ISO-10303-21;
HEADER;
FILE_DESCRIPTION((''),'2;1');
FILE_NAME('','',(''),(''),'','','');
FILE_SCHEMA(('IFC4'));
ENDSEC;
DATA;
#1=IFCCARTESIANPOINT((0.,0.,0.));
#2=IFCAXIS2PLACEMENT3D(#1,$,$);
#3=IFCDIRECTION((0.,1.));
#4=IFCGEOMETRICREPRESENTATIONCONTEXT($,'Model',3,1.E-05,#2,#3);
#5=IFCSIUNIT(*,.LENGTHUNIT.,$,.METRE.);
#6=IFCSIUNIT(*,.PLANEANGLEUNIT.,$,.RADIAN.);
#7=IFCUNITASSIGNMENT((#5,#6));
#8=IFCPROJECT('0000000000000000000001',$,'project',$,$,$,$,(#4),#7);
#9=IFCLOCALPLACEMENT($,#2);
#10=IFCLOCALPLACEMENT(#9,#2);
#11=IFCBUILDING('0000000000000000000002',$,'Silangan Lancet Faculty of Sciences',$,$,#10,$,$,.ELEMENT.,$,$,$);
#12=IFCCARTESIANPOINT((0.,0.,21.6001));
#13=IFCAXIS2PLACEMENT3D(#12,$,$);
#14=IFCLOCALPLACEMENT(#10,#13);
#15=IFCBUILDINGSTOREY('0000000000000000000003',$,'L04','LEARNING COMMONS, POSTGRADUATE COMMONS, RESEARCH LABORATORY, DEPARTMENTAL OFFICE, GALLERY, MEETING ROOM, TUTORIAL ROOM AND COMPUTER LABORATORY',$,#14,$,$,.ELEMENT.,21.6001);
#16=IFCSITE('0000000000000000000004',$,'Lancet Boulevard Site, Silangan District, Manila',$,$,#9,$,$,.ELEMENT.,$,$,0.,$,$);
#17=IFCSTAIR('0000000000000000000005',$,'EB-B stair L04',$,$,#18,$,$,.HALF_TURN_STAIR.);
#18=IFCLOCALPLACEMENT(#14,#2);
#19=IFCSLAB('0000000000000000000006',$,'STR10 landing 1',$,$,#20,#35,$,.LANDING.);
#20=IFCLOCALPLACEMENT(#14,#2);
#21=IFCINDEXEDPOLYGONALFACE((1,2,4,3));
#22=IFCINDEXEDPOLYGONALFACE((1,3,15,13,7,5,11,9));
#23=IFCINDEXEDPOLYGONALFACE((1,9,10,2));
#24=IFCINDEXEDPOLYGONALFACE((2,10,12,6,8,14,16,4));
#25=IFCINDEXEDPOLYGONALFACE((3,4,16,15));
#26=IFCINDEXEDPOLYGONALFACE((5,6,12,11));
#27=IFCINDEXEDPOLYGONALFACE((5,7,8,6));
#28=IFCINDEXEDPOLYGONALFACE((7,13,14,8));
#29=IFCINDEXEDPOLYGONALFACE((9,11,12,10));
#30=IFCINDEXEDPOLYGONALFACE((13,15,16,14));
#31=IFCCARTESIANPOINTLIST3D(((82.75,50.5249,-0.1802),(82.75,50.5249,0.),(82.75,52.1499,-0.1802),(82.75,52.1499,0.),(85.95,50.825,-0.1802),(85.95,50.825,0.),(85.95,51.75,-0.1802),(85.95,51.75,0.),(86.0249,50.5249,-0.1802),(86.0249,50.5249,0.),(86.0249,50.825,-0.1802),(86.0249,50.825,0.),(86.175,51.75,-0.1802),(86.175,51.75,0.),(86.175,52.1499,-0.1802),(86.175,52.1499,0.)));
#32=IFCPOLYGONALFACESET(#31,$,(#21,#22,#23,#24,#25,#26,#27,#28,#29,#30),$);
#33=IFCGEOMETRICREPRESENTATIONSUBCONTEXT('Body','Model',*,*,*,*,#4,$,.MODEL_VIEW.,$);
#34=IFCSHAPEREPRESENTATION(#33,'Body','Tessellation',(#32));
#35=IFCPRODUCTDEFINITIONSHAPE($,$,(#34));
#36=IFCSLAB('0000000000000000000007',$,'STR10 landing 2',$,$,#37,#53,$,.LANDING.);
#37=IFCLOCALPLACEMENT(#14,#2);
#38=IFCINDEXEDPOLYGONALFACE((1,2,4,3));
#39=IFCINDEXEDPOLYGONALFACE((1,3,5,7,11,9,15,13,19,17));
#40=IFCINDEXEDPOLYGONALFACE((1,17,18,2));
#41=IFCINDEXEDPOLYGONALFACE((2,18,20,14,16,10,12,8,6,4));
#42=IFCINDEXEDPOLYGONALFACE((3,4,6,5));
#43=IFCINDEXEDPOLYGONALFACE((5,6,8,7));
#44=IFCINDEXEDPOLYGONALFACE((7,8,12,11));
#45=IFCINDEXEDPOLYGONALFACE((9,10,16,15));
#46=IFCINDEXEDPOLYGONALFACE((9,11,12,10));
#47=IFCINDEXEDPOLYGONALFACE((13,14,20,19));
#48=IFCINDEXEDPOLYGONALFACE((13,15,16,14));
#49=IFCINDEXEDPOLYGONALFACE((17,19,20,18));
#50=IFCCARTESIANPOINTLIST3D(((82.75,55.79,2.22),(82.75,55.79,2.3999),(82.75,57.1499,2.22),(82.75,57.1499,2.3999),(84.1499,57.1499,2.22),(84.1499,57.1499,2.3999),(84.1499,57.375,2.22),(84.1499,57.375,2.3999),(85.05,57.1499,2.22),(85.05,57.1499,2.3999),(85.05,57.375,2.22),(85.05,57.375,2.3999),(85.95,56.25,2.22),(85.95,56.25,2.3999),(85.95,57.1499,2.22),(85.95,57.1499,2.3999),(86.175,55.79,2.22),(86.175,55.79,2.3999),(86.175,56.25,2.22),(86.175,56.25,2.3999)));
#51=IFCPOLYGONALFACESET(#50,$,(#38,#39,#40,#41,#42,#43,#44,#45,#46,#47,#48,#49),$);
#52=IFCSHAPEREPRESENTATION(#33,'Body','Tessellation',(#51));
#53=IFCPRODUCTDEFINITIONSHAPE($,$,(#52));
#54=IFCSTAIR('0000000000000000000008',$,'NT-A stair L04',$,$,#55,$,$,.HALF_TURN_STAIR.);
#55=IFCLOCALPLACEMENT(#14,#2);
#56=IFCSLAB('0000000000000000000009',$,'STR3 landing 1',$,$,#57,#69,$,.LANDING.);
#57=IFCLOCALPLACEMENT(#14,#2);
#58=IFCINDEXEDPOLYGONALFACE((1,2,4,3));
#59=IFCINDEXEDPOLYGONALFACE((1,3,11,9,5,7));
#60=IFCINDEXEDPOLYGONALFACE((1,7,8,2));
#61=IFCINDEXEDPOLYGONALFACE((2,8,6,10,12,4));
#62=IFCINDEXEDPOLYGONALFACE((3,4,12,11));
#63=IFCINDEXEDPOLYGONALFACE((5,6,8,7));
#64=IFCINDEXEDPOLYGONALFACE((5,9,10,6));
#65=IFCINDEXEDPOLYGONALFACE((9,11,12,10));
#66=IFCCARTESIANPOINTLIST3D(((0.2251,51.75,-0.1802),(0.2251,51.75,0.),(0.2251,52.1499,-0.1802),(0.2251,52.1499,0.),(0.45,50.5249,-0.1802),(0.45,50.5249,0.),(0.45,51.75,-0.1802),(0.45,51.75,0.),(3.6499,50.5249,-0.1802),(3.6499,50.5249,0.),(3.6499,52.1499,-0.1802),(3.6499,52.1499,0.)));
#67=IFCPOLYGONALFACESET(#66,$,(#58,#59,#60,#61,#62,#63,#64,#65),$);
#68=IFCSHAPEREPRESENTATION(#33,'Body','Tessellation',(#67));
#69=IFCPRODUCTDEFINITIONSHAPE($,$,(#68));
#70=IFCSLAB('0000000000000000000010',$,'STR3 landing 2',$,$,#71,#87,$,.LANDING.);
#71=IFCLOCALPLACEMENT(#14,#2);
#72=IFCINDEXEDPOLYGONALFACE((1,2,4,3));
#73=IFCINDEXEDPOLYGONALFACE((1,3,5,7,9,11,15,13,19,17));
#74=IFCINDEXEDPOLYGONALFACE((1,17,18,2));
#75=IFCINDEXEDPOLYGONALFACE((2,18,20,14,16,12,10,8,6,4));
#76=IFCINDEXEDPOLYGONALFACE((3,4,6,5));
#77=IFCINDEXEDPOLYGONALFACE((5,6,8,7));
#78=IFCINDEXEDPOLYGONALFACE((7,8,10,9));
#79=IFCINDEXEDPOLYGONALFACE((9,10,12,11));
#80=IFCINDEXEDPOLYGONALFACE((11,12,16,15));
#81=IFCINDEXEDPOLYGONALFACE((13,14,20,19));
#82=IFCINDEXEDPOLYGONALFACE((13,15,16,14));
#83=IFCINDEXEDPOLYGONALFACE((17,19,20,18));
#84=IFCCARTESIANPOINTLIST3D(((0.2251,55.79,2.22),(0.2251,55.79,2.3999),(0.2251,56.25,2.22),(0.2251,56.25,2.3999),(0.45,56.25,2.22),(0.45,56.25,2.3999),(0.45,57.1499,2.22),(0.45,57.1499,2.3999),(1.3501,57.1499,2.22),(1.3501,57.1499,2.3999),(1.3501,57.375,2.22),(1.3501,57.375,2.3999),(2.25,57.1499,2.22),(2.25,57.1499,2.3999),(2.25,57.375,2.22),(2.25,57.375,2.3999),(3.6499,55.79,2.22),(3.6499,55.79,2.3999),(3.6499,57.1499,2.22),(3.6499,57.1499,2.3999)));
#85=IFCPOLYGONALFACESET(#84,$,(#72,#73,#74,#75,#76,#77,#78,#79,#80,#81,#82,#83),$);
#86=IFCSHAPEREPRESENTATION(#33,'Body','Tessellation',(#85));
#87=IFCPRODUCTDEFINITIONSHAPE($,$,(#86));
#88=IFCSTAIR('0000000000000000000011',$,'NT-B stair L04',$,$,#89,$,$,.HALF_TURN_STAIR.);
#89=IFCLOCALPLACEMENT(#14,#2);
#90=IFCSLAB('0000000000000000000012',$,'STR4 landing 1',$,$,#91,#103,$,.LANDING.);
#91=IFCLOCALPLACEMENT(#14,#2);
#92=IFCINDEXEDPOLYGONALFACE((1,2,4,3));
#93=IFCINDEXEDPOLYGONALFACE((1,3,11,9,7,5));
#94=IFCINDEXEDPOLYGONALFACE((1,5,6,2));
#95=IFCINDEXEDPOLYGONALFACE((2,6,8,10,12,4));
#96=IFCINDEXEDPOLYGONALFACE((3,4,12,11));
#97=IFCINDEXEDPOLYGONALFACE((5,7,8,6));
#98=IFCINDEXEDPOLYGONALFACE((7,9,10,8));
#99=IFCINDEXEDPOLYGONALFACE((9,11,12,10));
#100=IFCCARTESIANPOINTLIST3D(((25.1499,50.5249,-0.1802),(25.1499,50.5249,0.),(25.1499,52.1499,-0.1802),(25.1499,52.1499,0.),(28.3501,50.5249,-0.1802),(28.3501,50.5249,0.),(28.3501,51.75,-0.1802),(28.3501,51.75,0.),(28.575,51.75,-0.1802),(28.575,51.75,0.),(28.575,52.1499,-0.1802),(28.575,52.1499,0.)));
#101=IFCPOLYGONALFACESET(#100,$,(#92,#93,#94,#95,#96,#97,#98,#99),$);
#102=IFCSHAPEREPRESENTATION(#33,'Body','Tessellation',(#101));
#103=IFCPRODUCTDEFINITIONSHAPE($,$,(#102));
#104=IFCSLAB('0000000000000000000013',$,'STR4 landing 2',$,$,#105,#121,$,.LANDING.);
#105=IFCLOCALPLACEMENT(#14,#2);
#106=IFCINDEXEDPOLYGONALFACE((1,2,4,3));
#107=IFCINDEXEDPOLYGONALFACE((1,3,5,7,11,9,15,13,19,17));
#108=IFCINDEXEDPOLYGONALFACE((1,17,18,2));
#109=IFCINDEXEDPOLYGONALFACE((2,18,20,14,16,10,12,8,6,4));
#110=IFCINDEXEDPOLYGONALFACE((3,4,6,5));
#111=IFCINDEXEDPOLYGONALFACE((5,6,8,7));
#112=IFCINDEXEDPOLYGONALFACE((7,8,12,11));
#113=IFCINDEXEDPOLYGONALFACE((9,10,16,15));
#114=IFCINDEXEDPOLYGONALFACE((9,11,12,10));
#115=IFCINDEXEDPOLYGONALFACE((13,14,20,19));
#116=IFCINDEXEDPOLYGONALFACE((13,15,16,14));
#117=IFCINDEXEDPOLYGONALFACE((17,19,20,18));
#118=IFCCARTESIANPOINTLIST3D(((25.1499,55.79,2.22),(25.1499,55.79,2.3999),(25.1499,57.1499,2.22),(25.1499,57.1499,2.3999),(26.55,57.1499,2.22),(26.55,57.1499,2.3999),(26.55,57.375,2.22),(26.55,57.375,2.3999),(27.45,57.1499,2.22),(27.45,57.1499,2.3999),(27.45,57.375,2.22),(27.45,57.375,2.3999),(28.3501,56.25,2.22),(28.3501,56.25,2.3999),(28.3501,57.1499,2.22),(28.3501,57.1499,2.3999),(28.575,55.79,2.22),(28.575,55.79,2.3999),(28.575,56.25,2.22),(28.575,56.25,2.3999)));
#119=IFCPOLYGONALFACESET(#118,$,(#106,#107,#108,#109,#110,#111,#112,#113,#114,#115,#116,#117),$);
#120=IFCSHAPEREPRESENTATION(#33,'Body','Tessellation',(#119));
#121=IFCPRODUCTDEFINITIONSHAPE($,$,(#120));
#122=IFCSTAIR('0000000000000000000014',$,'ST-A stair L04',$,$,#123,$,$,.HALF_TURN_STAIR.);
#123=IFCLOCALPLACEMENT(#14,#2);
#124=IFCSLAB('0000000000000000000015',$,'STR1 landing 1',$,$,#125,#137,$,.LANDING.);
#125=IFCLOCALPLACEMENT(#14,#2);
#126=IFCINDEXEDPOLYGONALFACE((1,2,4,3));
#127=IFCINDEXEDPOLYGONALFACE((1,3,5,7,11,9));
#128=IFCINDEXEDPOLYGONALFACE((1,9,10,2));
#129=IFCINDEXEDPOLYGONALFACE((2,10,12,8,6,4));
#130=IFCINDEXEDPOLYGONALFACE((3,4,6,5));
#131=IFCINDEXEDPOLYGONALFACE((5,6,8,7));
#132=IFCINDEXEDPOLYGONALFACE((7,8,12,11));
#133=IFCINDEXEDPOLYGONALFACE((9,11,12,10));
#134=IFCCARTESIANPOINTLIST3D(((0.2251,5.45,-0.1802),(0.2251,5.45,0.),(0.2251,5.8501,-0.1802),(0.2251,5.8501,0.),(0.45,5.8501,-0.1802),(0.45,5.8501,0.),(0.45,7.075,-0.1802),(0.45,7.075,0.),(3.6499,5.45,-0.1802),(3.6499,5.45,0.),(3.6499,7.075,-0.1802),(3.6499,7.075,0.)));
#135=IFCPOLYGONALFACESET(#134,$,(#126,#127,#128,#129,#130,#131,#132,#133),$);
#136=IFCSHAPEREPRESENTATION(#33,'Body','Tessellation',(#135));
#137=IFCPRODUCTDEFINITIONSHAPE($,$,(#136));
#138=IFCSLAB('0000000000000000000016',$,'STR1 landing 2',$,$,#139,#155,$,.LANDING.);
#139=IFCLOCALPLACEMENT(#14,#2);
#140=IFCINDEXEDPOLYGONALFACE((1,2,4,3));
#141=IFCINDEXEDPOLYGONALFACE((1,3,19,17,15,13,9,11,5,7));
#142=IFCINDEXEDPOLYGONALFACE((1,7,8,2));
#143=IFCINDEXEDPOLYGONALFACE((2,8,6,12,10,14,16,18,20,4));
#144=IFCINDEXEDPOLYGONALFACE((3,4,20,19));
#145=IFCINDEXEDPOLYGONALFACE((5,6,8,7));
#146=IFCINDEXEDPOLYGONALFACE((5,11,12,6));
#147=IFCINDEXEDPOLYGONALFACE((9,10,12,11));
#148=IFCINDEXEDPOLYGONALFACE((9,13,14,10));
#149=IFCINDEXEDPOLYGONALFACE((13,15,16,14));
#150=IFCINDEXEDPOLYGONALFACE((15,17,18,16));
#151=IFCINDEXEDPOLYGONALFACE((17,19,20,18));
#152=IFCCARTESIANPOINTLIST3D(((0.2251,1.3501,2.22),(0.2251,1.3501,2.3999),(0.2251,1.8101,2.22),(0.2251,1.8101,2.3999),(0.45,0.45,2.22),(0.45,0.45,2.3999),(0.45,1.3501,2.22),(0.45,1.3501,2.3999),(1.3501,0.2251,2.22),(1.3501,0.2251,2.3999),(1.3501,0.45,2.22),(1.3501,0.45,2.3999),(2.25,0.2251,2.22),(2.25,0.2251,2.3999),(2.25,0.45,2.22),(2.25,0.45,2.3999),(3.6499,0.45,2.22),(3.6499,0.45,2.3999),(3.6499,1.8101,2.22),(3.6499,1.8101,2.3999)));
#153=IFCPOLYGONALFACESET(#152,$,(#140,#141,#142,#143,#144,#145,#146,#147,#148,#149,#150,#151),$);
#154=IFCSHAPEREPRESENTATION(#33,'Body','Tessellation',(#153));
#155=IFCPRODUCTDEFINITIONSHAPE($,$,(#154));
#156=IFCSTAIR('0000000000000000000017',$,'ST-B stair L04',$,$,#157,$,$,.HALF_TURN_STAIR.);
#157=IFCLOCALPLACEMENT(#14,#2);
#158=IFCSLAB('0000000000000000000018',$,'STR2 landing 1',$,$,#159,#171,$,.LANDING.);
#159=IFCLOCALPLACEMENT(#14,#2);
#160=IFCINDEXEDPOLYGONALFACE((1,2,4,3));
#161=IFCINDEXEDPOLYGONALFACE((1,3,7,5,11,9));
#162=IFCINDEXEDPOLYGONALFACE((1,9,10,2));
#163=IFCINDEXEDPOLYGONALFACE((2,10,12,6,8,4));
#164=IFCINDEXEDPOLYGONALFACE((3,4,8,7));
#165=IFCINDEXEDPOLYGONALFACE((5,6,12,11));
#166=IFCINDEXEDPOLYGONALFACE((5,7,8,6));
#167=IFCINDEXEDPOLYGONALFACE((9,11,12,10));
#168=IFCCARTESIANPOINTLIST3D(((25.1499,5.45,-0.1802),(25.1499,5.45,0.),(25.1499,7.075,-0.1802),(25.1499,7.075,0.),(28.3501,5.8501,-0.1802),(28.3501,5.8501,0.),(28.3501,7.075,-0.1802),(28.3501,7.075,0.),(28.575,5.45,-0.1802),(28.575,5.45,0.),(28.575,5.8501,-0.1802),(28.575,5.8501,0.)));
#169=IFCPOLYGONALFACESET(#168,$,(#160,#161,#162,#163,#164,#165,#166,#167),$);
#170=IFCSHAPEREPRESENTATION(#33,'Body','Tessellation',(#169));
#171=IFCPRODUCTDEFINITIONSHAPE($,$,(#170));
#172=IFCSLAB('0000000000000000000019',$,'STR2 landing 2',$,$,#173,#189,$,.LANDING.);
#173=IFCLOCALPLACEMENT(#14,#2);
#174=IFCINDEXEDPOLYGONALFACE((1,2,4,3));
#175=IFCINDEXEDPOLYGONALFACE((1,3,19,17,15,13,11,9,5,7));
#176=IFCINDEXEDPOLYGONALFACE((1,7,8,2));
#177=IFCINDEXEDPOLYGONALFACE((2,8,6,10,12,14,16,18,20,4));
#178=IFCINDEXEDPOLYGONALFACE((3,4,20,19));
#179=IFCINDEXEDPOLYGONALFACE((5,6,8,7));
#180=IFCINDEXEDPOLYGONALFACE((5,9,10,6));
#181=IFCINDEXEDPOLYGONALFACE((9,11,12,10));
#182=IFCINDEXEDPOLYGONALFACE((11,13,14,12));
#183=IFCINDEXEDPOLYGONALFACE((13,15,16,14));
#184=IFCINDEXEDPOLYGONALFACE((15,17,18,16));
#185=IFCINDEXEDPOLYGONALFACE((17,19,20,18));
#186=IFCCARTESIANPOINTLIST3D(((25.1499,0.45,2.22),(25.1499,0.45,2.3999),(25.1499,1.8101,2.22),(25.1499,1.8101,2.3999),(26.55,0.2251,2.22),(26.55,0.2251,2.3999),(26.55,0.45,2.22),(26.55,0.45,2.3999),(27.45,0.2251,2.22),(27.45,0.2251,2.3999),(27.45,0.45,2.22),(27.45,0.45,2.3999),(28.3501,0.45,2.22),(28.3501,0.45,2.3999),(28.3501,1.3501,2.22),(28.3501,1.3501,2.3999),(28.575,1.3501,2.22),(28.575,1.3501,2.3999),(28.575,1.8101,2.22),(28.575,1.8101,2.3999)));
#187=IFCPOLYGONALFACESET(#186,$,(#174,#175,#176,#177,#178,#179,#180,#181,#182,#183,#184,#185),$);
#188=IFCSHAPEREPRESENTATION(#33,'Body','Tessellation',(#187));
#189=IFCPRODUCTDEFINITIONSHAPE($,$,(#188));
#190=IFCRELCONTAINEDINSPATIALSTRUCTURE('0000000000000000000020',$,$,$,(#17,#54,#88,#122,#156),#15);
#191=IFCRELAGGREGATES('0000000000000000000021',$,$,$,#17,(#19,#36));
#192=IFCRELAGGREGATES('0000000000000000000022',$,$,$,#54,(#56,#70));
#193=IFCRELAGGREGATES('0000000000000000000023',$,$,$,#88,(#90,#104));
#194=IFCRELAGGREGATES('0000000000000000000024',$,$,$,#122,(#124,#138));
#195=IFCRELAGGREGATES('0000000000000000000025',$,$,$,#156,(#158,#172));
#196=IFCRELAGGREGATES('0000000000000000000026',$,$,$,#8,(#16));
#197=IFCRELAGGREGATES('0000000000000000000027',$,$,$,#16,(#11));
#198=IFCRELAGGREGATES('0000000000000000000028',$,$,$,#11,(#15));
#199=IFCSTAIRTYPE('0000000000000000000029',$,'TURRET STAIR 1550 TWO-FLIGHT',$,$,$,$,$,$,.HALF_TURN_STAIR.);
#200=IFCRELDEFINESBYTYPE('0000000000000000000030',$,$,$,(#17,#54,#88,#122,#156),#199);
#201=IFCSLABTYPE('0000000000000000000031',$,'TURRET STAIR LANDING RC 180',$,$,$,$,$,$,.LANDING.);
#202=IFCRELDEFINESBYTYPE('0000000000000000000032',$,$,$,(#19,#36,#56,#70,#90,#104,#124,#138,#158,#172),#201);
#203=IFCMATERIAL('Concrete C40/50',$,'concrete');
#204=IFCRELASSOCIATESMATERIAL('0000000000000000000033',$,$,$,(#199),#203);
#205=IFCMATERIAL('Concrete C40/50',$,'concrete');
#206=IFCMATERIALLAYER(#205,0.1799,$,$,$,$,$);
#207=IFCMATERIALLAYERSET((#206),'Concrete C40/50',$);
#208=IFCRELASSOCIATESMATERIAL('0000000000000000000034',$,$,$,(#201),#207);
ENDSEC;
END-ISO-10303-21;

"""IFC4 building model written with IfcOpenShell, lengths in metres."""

from ifc_helpers import new_model, si_unit, direction, frame, origin, place, context, subcontext, project, spatial, polyline, outline, extrude, material, layer, layer_set, type_object, element, aggregate, save


model = new_model("IFC4")

# Units and contexts
model_context = context("Model", 3, precision=1e-05, world=origin(), true_north=direction((0.0, 1.0)))
body_context = subcontext(model_context, "Body", "Model", "MODEL_VIEW")
ifc_project = project(units=[si_unit("LENGTHUNIT", "METRE"), si_unit("PLANEANGLEUNIT", "RADIAN")], contexts=[model_context])

# Site, building, storey
site_placement = place(None, origin())
site = spatial("IfcSite", under=ifc_project, at=site_placement, Name="Lancet Boulevard Site, Silangan District, Manila", CompositionType="ELEMENT", RefElevation=0.0)
building_placement = place(site_placement, origin())
building = spatial("IfcBuilding", under=site, at=building_placement, Name="Silangan Lancet Faculty of Sciences", CompositionType="ELEMENT")
storey_placement = place(building_placement, frame((0.0, 0.0, 21.6001)))
storey = spatial("IfcBuildingStorey", under=building, at=storey_placement, Name="L04", Description="LEARNING COMMONS, POSTGRADUATE COMMONS, RESEARCH LABORATORY, DEPARTMENTAL OFFICE, GALLERY, MEETING ROOM, TUTORIAL ROOM AND COMPUTER LABORATORY", CompositionType="ELEMENT", Elevation=21.6001)

# Stairs, slabs
ifc_material_1 = material(Name="Concrete C40/50", Category="concrete")
stair_type = type_object("IfcStairType", Name="TURRET STAIR 1550 TWO-FLIGHT", PredefinedType="HALF_TURN_STAIR", material=ifc_material_1)
ifc_material_2 = material(Name="Concrete C40/50", Category="concrete")
ifc_layer_1 = layer(ifc_material_2, 0.1799)
ifc_layer_set_1 = layer_set([ifc_layer_1], Name="Concrete C40/50")
slab_type_1 = type_object("IfcSlabType", Name="TURRET STAIR LANDING RC 180", PredefinedType="LANDING", material=ifc_layer_set_1)
stair_1_placement = place(storey_placement, origin())
stair_1 = element("IfcStair", 1, at=stair_1_placement, inside=storey, type_object=stair_type, Name="EB-B stair L04", PredefinedType="HALF_TURN_STAIR")
slab_1_placement = place(storey_placement, frame((0.0, 0.0, -0.1802)))
slab_1 = element("IfcSlab", 2, at=slab_1_placement, type_object=slab_type_1, Name="STR10 landing 1", PredefinedType="LANDING", context=body_context, shape_type="SweptSolid", body=[
    extrude(outline(polyline([(86.0249, 50.825), (86.0249, 50.5249), (82.75, 50.5249), (82.75, 52.1499), (86.175, 52.1499), (86.175, 51.75), (85.95, 51.75), (85.95, 50.825), (86.0249, 50.825)])), origin(), (0.0, 0.0, 1.0), 0.1802),
])
slab_2_placement = place(storey_placement, frame((0.0, 0.0, 2.22)))
slab_2 = element("IfcSlab", 3, at=slab_2_placement, type_object=slab_type_1, Name="STR10 landing 2", PredefinedType="LANDING", context=body_context, shape_type="SweptSolid", body=[
    extrude(outline(polyline([(85.95, 57.1499), (85.95, 56.25), (86.175, 56.25), (86.175, 55.79), (82.75, 55.79), (82.75, 57.1499), (84.1499, 57.1499), (84.1499, 57.375), (85.05, 57.375), (85.05, 57.1499), (85.95, 57.1499)])), origin(), (0.0, 0.0, 1.0), 0.1799),
])
aggregate(stair_1, [slab_1, slab_2])
stair_2_placement = place(storey_placement, origin())
stair_2 = element("IfcStair", 4, at=stair_2_placement, inside=storey, type_object=stair_type, Name="NT-A stair L04", PredefinedType="HALF_TURN_STAIR")
slab_3_placement = place(storey_placement, frame((0.0, 0.0, -0.1802)))
slab_3 = element("IfcSlab", 5, at=slab_3_placement, type_object=slab_type_1, Name="STR3 landing 1", PredefinedType="LANDING", context=body_context, shape_type="SweptSolid", body=[
    extrude(outline(polyline([(0.2251, 52.1499), (3.6499, 52.1499), (3.6499, 50.5249), (0.45, 50.5249), (0.45, 51.75), (0.2251, 51.75), (0.2251, 52.1499)])), origin(), (0.0, 0.0, 1.0), 0.1802),
])
slab_4_placement = place(storey_placement, frame((0.0, 0.0, 2.22)))
slab_4 = element("IfcSlab", 6, at=slab_4_placement, type_object=slab_type_1, Name="STR3 landing 2", PredefinedType="LANDING", context=body_context, shape_type="SweptSolid", body=[
    extrude(outline(polyline([(0.45, 57.1499), (1.3501, 57.1499), (1.3501, 57.375), (2.25, 57.375), (2.25, 57.1499), (3.6499, 57.1499), (3.6499, 55.79), (0.2251, 55.79), (0.2251, 56.25), (0.45, 56.25), (0.45, 57.1499)])), origin(), (0.0, 0.0, 1.0), 0.1799),
])
aggregate(stair_2, [slab_3, slab_4])
stair_3_placement = place(storey_placement, origin())
stair_3 = element("IfcStair", 7, at=stair_3_placement, inside=storey, type_object=stair_type, Name="NT-B stair L04", PredefinedType="HALF_TURN_STAIR")
slab_5_placement = place(storey_placement, frame((0.0, 0.0, -0.1802)))
slab_5 = element("IfcSlab", 8, at=slab_5_placement, type_object=slab_type_1, Name="STR4 landing 1", PredefinedType="LANDING", context=body_context, shape_type="SweptSolid", body=[
    extrude(outline(polyline([(28.3501, 50.5249), (25.1499, 50.5249), (25.1499, 52.1499), (28.575, 52.1499), (28.575, 51.75), (28.3501, 51.75), (28.3501, 50.5249)])), origin(), (0.0, 0.0, 1.0), 0.1802),
])
slab_6_placement = place(storey_placement, frame((0.0, 0.0, 2.22)))
slab_6 = element("IfcSlab", 9, at=slab_6_placement, type_object=slab_type_1, Name="STR4 landing 2", PredefinedType="LANDING", context=body_context, shape_type="SweptSolid", body=[
    extrude(outline(polyline([(28.3501, 56.25), (28.575, 56.25), (28.575, 55.79), (25.1499, 55.79), (25.1499, 57.1499), (26.55, 57.1499), (26.55, 57.375), (27.45, 57.375), (27.45, 57.1499), (28.3501, 57.1499), (28.3501, 56.25)])), origin(), (0.0, 0.0, 1.0), 0.1799),
])
aggregate(stair_3, [slab_5, slab_6])
stair_4_placement = place(storey_placement, origin())
stair_4 = element("IfcStair", 10, at=stair_4_placement, inside=storey, type_object=stair_type, Name="ST-A stair L04", PredefinedType="HALF_TURN_STAIR")
slab_7_placement = place(storey_placement, frame((0.0, 0.0, -0.1802)))
slab_7 = element("IfcSlab", 11, at=slab_7_placement, type_object=slab_type_1, Name="STR1 landing 1", PredefinedType="LANDING", context=body_context, shape_type="SweptSolid", body=[
    extrude(outline(polyline([(0.45, 7.075), (3.6499, 7.075), (3.6499, 5.45), (0.2251, 5.45), (0.2251, 5.8501), (0.45, 5.8501), (0.45, 7.075)])), origin(), (0.0, 0.0, 1.0), 0.1802),
])
slab_8_placement = place(storey_placement, frame((0.0, 0.0, 2.22)))
slab_8 = element("IfcSlab", 12, at=slab_8_placement, type_object=slab_type_1, Name="STR1 landing 2", PredefinedType="LANDING", context=body_context, shape_type="SweptSolid", body=[
    extrude(outline(polyline([(0.45, 0.45), (0.45, 1.3501), (0.2251, 1.3501), (0.2251, 1.8101), (3.6499, 1.8101), (3.6499, 0.45), (2.25, 0.45), (2.25, 0.2251), (1.3501, 0.2251), (1.3501, 0.45), (0.45, 0.45)])), origin(), (0.0, 0.0, 1.0), 0.1799),
])
aggregate(stair_4, [slab_7, slab_8])
stair_5_placement = place(storey_placement, origin())
stair_5 = element("IfcStair", 13, at=stair_5_placement, inside=storey, type_object=stair_type, Name="ST-B stair L04", PredefinedType="HALF_TURN_STAIR")
slab_9_placement = place(storey_placement, frame((0.0, 0.0, -0.1802)))
slab_9 = element("IfcSlab", 14, at=slab_9_placement, type_object=slab_type_1, Name="STR2 landing 1", PredefinedType="LANDING", context=body_context, shape_type="SweptSolid", body=[
    extrude(outline(polyline([(28.3501, 5.8501), (28.575, 5.8501), (28.575, 5.45), (25.1499, 5.45), (25.1499, 7.075), (28.3501, 7.075), (28.3501, 5.8501)])), origin(), (0.0, 0.0, 1.0), 0.1802),
])
slab_10_placement = place(storey_placement, frame((0.0, 0.0, 2.22)))
slab_10 = element("IfcSlab", 15, at=slab_10_placement, type_object=slab_type_1, Name="STR2 landing 2", PredefinedType="LANDING", context=body_context, shape_type="SweptSolid", body=[
    extrude(outline(polyline([(28.575, 1.3501), (28.3501, 1.3501), (28.3501, 0.45), (27.45, 0.45), (27.45, 0.2251), (26.55, 0.2251), (26.55, 0.45), (25.1499, 0.45), (25.1499, 1.8101), (28.575, 1.8101), (28.575, 1.3501)])), origin(), (0.0, 0.0, 1.0), 0.1799),
])
aggregate(stair_5, [slab_9, slab_10])

save(model, "model.ifc")
